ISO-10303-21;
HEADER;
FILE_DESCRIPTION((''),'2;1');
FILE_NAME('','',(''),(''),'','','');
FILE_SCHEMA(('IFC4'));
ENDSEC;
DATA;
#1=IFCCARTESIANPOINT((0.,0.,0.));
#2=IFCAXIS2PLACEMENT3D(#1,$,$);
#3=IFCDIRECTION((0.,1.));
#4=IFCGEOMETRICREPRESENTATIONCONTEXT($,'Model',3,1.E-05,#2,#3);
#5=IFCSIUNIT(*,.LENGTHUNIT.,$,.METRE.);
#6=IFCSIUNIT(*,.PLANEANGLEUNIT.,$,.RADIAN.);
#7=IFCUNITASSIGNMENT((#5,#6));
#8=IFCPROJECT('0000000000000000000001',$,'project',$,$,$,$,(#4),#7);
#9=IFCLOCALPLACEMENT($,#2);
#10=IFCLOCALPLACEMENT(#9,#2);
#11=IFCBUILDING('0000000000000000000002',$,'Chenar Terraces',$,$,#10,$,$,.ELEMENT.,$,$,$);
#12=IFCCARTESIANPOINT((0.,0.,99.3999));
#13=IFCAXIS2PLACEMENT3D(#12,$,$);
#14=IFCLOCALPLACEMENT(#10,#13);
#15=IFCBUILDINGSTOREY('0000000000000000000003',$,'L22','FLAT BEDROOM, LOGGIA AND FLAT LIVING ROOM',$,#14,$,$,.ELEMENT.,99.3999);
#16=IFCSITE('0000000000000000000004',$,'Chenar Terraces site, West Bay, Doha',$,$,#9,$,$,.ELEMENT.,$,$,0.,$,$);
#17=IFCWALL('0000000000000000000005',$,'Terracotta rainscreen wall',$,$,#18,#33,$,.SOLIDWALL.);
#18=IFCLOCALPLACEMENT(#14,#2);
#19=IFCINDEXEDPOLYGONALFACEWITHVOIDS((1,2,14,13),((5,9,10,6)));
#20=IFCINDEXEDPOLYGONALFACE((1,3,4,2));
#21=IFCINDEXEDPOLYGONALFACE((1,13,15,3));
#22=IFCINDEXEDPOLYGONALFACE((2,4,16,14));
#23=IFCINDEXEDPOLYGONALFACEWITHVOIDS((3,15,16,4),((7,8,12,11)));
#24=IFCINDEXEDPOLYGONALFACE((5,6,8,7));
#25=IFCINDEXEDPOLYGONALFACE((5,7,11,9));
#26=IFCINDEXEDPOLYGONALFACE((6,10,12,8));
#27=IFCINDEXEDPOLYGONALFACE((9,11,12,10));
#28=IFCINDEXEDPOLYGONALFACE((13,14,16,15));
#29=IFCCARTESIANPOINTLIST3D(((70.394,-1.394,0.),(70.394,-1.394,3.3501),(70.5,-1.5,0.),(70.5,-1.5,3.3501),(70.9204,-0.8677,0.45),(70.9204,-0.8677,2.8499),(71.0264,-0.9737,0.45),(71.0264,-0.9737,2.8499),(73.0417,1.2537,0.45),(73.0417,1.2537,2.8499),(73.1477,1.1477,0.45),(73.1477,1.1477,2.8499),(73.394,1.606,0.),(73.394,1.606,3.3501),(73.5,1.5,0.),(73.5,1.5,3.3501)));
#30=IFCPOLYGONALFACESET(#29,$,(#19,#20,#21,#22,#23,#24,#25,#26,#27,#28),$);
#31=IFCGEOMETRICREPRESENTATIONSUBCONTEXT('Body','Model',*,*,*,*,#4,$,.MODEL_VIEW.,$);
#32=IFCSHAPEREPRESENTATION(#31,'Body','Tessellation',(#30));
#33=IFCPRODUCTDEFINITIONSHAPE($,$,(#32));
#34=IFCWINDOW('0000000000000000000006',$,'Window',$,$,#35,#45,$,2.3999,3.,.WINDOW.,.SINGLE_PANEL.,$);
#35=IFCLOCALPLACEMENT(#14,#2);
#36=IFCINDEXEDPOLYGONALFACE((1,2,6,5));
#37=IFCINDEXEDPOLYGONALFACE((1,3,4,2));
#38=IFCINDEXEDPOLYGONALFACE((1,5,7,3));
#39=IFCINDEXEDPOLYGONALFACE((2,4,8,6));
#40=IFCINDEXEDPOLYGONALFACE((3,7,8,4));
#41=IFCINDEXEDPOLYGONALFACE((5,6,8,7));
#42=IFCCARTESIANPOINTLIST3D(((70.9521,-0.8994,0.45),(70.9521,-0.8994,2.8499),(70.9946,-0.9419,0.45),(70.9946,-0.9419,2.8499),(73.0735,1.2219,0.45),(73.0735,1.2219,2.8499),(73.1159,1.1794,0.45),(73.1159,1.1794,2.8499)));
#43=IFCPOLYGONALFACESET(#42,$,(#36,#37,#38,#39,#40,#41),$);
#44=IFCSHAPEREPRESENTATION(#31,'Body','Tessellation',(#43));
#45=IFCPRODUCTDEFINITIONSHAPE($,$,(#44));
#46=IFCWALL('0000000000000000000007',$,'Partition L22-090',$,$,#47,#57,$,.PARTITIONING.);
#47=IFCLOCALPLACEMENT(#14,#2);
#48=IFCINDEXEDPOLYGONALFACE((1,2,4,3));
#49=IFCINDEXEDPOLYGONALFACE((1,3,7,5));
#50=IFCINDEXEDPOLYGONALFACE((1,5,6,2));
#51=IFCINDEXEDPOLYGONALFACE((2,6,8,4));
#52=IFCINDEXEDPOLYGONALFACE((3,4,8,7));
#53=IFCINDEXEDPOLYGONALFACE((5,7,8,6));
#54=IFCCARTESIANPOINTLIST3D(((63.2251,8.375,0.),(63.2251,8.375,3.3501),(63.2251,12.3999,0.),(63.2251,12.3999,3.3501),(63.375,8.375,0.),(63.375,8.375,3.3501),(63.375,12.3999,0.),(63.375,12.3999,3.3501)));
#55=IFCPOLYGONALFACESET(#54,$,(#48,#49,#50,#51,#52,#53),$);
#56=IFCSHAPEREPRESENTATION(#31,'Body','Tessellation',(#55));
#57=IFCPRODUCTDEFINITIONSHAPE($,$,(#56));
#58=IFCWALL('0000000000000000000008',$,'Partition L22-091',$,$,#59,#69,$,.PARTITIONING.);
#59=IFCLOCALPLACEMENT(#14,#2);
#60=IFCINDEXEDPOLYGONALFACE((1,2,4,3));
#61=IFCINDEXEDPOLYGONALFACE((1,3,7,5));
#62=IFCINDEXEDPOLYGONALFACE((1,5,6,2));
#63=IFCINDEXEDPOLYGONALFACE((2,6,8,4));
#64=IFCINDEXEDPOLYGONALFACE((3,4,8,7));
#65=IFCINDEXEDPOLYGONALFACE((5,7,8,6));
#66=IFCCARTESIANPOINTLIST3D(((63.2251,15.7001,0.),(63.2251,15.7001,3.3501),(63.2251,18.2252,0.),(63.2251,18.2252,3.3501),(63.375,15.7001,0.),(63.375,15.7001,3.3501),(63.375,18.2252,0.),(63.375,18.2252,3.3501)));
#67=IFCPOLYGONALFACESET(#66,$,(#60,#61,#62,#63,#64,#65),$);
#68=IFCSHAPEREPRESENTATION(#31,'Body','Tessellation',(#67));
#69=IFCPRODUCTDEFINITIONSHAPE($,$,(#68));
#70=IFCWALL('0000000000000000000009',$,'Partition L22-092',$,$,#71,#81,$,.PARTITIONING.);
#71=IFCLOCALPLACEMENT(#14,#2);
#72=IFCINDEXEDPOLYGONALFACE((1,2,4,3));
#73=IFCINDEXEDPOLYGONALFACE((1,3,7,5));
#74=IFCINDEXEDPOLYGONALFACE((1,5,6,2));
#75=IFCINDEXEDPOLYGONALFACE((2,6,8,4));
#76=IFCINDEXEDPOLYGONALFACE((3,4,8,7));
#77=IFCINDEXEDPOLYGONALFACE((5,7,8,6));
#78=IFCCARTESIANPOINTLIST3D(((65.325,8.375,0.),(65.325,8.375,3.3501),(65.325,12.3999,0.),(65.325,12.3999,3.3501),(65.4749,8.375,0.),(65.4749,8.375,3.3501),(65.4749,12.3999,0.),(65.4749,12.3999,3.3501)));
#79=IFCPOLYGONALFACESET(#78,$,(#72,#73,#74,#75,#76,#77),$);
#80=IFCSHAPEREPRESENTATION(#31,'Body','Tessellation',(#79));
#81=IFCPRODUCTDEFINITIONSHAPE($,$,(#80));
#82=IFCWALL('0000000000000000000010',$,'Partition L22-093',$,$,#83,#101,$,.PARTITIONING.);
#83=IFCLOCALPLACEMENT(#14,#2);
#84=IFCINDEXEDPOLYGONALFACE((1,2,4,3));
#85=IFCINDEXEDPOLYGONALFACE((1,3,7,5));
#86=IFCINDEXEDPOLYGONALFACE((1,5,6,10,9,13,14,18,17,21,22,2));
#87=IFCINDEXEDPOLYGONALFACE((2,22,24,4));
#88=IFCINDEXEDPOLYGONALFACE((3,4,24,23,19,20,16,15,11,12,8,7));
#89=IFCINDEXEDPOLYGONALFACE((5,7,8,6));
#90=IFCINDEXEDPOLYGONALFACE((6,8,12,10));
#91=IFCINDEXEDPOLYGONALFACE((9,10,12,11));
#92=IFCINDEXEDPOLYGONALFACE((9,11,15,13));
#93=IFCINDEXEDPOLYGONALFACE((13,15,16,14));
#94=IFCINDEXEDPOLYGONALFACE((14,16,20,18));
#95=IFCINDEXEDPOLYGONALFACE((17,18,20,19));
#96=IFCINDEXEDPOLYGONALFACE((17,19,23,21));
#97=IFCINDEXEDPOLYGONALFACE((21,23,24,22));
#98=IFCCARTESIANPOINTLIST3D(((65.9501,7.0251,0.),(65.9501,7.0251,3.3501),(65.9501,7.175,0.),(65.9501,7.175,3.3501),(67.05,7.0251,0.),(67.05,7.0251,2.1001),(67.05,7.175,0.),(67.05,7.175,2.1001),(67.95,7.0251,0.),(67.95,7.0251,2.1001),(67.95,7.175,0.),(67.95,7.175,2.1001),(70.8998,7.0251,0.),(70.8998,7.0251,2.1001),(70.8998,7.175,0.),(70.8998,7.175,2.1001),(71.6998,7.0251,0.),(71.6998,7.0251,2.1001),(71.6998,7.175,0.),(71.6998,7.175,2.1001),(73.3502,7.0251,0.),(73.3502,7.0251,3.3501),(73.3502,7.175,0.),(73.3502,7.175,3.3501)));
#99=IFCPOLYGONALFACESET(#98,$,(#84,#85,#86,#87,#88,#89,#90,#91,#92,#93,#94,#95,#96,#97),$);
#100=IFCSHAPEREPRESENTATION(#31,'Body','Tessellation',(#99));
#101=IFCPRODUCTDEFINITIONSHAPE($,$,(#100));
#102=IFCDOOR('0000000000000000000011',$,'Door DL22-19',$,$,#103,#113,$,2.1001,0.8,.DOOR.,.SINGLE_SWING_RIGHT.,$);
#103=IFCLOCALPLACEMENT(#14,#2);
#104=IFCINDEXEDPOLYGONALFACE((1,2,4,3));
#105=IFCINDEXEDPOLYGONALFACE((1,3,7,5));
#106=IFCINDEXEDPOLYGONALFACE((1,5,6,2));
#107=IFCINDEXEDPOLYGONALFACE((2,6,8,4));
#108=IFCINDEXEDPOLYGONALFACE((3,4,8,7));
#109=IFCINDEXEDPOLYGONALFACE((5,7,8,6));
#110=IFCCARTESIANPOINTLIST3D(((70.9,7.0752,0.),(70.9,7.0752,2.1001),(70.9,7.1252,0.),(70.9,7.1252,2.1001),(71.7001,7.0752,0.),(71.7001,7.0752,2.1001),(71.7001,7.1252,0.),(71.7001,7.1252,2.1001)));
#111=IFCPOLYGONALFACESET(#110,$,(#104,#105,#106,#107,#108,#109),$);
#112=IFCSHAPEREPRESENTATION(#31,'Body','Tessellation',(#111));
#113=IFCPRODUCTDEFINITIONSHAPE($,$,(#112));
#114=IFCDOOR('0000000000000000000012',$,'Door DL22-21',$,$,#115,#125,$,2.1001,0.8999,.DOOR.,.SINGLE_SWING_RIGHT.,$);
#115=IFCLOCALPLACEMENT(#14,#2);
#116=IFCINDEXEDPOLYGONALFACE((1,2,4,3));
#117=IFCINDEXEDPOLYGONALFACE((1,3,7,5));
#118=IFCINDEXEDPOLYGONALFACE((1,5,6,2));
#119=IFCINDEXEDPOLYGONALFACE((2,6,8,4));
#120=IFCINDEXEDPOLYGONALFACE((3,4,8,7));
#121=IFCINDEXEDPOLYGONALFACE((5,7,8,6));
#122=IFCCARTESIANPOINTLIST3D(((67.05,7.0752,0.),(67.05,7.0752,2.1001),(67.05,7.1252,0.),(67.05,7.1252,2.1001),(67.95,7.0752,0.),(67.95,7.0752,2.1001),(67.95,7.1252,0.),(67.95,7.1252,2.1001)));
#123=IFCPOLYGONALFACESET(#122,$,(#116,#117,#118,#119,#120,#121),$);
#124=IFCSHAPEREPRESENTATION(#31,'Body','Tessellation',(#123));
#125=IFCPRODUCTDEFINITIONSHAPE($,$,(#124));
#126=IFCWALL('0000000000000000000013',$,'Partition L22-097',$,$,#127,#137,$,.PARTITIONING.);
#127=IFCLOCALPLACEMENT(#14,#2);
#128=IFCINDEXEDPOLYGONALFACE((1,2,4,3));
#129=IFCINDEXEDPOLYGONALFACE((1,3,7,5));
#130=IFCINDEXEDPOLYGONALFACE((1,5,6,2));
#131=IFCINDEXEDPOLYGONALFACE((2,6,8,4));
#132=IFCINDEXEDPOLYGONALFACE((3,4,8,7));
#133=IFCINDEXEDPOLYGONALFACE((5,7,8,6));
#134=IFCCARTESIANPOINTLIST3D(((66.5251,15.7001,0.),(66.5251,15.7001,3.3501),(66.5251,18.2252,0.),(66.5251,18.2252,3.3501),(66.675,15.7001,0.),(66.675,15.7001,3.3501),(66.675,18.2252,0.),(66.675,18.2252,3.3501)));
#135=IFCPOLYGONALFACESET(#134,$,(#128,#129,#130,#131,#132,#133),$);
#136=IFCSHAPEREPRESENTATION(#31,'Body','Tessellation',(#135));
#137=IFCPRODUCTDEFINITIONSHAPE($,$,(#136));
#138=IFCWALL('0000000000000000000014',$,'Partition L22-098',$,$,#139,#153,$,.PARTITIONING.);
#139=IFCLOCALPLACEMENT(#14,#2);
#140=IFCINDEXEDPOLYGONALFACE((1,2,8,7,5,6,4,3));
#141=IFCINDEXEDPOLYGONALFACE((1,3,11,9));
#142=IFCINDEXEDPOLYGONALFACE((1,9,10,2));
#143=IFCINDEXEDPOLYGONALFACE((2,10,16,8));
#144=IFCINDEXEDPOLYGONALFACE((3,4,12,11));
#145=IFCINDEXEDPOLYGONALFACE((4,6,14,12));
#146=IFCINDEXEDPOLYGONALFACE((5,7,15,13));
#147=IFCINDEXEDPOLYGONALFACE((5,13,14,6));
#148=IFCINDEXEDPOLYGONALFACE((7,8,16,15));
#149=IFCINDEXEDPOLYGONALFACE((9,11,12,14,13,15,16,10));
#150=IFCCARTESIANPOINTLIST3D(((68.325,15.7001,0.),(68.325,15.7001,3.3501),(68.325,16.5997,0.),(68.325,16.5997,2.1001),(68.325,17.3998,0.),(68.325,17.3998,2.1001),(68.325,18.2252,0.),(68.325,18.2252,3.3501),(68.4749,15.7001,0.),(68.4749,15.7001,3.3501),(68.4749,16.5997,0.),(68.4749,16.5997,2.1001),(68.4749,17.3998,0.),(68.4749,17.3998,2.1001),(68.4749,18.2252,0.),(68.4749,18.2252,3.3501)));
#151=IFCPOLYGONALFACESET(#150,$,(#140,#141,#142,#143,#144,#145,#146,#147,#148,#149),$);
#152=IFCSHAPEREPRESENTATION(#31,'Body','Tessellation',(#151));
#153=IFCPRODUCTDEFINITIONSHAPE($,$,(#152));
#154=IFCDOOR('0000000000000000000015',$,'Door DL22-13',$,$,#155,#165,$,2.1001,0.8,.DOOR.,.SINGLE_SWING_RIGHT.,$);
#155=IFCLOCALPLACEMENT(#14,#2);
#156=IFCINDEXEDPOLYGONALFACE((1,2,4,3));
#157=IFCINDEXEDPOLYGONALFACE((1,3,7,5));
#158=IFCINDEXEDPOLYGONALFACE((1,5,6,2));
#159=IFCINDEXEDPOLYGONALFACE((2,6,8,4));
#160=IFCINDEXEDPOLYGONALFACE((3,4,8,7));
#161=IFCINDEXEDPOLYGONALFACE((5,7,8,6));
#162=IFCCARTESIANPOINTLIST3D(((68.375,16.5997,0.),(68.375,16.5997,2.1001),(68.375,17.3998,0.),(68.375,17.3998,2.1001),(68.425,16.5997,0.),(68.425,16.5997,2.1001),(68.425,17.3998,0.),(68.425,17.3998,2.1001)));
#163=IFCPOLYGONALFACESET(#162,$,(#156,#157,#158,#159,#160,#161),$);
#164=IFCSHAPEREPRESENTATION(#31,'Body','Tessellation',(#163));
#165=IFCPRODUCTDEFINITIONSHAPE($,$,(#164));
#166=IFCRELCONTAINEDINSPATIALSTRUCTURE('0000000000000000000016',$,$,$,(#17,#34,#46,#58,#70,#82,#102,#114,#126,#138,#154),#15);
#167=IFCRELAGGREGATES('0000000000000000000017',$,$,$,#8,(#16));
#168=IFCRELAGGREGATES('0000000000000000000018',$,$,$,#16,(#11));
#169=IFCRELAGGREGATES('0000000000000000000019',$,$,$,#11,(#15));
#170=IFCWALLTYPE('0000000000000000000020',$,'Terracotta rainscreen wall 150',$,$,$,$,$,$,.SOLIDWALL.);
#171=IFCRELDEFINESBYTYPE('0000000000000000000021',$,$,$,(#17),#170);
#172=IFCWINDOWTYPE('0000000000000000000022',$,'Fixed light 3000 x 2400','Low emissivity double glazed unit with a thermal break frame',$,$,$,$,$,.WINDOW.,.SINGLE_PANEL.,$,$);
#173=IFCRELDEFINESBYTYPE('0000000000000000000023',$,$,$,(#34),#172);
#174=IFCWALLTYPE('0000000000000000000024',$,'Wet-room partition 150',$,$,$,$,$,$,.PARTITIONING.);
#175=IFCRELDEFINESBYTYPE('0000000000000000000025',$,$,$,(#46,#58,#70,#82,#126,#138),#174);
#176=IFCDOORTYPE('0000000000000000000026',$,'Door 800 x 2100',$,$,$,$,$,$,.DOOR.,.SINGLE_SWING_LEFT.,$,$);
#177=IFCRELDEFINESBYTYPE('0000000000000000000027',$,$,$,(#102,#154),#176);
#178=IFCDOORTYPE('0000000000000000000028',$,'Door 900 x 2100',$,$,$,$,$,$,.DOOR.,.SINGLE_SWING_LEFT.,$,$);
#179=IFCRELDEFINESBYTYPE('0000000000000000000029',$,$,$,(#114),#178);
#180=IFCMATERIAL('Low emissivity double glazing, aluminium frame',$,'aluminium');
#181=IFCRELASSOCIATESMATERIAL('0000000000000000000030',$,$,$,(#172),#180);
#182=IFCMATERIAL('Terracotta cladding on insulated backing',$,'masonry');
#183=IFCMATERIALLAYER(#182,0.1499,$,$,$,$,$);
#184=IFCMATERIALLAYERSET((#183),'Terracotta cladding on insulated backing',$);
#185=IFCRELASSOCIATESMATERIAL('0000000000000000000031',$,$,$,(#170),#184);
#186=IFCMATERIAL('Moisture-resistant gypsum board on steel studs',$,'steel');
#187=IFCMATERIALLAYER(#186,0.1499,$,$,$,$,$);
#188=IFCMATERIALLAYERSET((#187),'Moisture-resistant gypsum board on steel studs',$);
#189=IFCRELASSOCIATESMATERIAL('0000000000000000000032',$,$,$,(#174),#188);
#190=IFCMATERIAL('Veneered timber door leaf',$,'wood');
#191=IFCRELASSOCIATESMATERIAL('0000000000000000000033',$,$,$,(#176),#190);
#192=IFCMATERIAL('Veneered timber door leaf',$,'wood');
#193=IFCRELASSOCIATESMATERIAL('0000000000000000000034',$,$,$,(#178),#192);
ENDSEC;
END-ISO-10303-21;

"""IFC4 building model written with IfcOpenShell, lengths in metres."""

from ifc_helpers import new_model, si_unit, direction, frame, frame_2d, origin, place, context, subcontext, project, spatial, rectangle, extrude, material, layer, layer_set, type_object, element, fill, save


model = new_model("IFC4")

# Units and contexts
model_context = context("Model", 3, precision=1e-05, world=origin(), true_north=direction((0.0, 1.0)))
body_context = subcontext(model_context, "Body", "Model", "MODEL_VIEW")
ifc_project = project(units=[si_unit("LENGTHUNIT", "METRE"), si_unit("PLANEANGLEUNIT", "RADIAN")], contexts=[model_context])

# Site, building, storey
site_placement = place(None, origin())
site = spatial("IfcSite", under=ifc_project, at=site_placement, Name="Chenar Terraces site, West Bay, Doha", CompositionType="ELEMENT", RefElevation=0.0)
building_placement = place(site_placement, origin())
building = spatial("IfcBuilding", under=site, at=building_placement, Name="Chenar Terraces", CompositionType="ELEMENT")
storey_placement = place(building_placement, frame((0.0, 0.0, 99.3999)))
storey = spatial("IfcBuildingStorey", under=building, at=storey_placement, Name="L22", Description="FLAT BEDROOM, LOGGIA AND FLAT LIVING ROOM", CompositionType="ELEMENT", Elevation=99.3999)

# Shared definitions
ifc_material_1 = material(Name="Low emissivity double glazing, aluminium frame", Category="aluminium")
window_type_1 = type_object("IfcWindowType", Name="Fixed light 3000 x 2400", Description="Low emissivity double glazed unit with a thermal break frame", PartitioningType="SINGLE_PANEL", PredefinedType="WINDOW", material=ifc_material_1)

# Wall, opening, window
ifc_material_2 = material(Name="Terracotta cladding on insulated backing", Category="masonry")
ifc_layer_1 = layer(ifc_material_2, 0.1499)
ifc_layer_set_1 = layer_set([ifc_layer_1], Name="Terracotta cladding on insulated backing")
wall_type_1 = type_object("IfcWallType", Name="Terracotta rainscreen wall 150", PredefinedType="SOLIDWALL", material=ifc_layer_set_1)
wall_1_placement = place(storey_placement, frame((70.447, -1.447, 0.0), z_axis=(0.0, 0.0, 1.0), x_axis=(0.707107, 0.707107, 0.0)))
wall_1 = element("IfcWall", 1, at=wall_1_placement, inside=storey, type_object=wall_type_1, Name="Terracotta rainscreen wall", PredefinedType="SOLIDWALL", context=body_context, shape_type="SweptSolid", body=[
    extrude(rectangle(XDim=4.2427, YDim=0.1499, at=frame_2d((2.1213, 0.0))), origin(), (0.0, 0.0, 1.0), 3.3501),
])
opening_1_placement = place(wall_1_placement, frame((0.7444, 0.0, 0.45)))
opening_1 = element("IfcOpeningElement", 2, at=opening_1_placement, cuts=wall_1, PredefinedType="OPENING", context=body_context, shape_type="SweptSolid", body=[
    extrude(rectangle(XDim=3.0, YDim=2.3999, at=frame_2d((1.5, 1.2))), frame((0.0, 0.085, 0.0), z_axis=(0.0, -1.0, 0.0), x_axis=(1.0, 0.0, 0.0)), (0.0, 0.0, 1.0), 0.1699),
])
window_1_placement = place(opening_1_placement, origin())
window_1 = element("IfcWindow", 3, at=window_1_placement, inside=storey, type_object=window_type_1, Name="Window", OverallHeight=2.3999, OverallWidth=3.0, PartitioningType="SINGLE_PANEL", PredefinedType="WINDOW", context=body_context, shape_type="SweptSolid", body=[
    extrude(rectangle(XDim=3.0, YDim=2.3999, at=frame_2d((1.5, 1.2))), frame((0.0, 0.03, 0.0), z_axis=(0.0, -1.0, 0.0), x_axis=(1.0, 0.0, 0.0)), (0.0, 0.0, 1.0), 0.0601),
])
fill(opening_1, window_1)

# Walls
ifc_material_3 = material(Name="Moisture-resistant gypsum board on steel studs", Category="steel")
ifc_layer_2 = layer(ifc_material_3, 0.1499)
ifc_layer_set_2 = layer_set([ifc_layer_2], Name="Moisture-resistant gypsum board on steel studs")
wall_type_2 = type_object("IfcWallType", Name="Wet-room partition 150", PredefinedType="PARTITIONING", material=ifc_layer_set_2)
wall_2_placement = place(storey_placement, frame((63.3, 8.375, 0.0), z_axis=(0.0, 0.0, 1.0), x_axis=(0.0, 1.0, 0.0)))
element("IfcWall", 4, at=wall_2_placement, inside=storey, type_object=wall_type_2, Name="Partition L22-090", PredefinedType="PARTITIONING", context=body_context, shape_type="SweptSolid", body=[
    extrude(rectangle(XDim=4.0249, YDim=0.1499, at=frame_2d((2.0125, 0.0))), origin(), (0.0, 0.0, 1.0), 3.3501),
])
wall_3_placement = place(storey_placement, frame((63.3, 15.7, 0.0), z_axis=(0.0, 0.0, 1.0), x_axis=(0.0, 1.0, 0.0)))
element("IfcWall", 5, at=wall_3_placement, inside=storey, type_object=wall_type_2, Name="Partition L22-091", PredefinedType="PARTITIONING", context=body_context, shape_type="SweptSolid", body=[
    extrude(rectangle(XDim=2.5251, YDim=0.1499, at=frame_2d((1.2627, 0.0))), origin(), (0.0, 0.0, 1.0), 3.3501),
])
wall_4_placement = place(storey_placement, frame((65.3999, 8.375, 0.0), z_axis=(0.0, 0.0, 1.0), x_axis=(0.0, 1.0, 0.0)))
element("IfcWall", 6, at=wall_4_placement, inside=storey, type_object=wall_type_2, Name="Partition L22-092", PredefinedType="PARTITIONING", context=body_context, shape_type="SweptSolid", body=[
    extrude(rectangle(XDim=4.0249, YDim=0.1499, at=frame_2d((2.0125, 0.0))), origin(), (0.0, 0.0, 1.0), 3.3501),
])

# Wall, openings, doors
wall_5_placement = place(storey_placement, frame((65.95, 7.1001, 0.0), z_axis=(0.0, 0.0, 1.0), x_axis=(1.0, 0.0, 0.0)))
wall_5 = element("IfcWall", 7, at=wall_5_placement, inside=storey, type_object=wall_type_2, Name="Partition L22-093", PredefinedType="PARTITIONING", context=body_context, shape_type="SweptSolid", body=[
    extrude(rectangle(XDim=7.4001, YDim=0.1499, at=frame_2d((3.7002, 0.0))), origin(), (0.0, 0.0, 1.0), 3.3501),
])
opening_2_placement = place(wall_5_placement, frame((4.95, 0.0, 0.0)))
opening_2 = element("IfcOpeningElement", 8, at=opening_2_placement, cuts=wall_5, PredefinedType="OPENING", context=body_context, shape_type="SweptSolid", body=[
    extrude(rectangle(XDim=0.8, YDim=2.1001, at=frame_2d((0.3999, 1.05))), frame((0.0, 0.085, 0.0), z_axis=(0.0, -1.0, 0.0), x_axis=(1.0, 0.0, 0.0)), (0.0, 0.0, 1.0), 0.1699),
])
opening_3_placement = place(wall_5_placement, frame((1.1001, 0.0, 0.0)))
opening_3 = element("IfcOpeningElement", 9, at=opening_3_placement, cuts=wall_5, PredefinedType="OPENING", context=body_context, shape_type="SweptSolid", body=[
    extrude(rectangle(XDim=0.8999, YDim=2.1001, at=frame_2d((0.45, 1.05))), frame((0.0, 0.085, 0.0), z_axis=(0.0, -1.0, 0.0), x_axis=(1.0, 0.0, 0.0)), (0.0, 0.0, 1.0), 0.1699),
])
ifc_material_4 = material(Name="Veneered timber door leaf", Category="wood")
door_type_1 = type_object("IfcDoorType", Name="Door 800 x 2100", OperationType="SINGLE_SWING_LEFT", PredefinedType="DOOR", material=ifc_material_4)
door_1_placement = place(opening_2_placement, frame((0.8, 0.0, 0.0), z_axis=(0.0, 0.0, 1.0), x_axis=(-1.0, 0.0, 0.0)))
door_1 = element("IfcDoor", 10, at=door_1_placement, inside=storey, type_object=door_type_1, Name="Door DL22-19", OperationType="SINGLE_SWING_RIGHT", OverallHeight=2.1001, OverallWidth=0.8, PredefinedType="DOOR", context=body_context, shape_type="SweptSolid", body=[
    extrude(rectangle(XDim=0.8, YDim=2.1001, at=frame_2d((0.3999, 1.05))), frame((0.0, 0.0249, 0.0), z_axis=(0.0, -1.0, 0.0), x_axis=(1.0, 0.0, 0.0)), (0.0, 0.0, 1.0), 0.05),
])
fill(opening_2, door_1)
ifc_material_5 = material(Name="Veneered timber door leaf", Category="wood")
door_type_2 = type_object("IfcDoorType", Name="Door 900 x 2100", OperationType="SINGLE_SWING_LEFT", PredefinedType="DOOR", material=ifc_material_5)
door_2_placement = place(opening_3_placement, frame((0.8999, 0.0, 0.0), z_axis=(0.0, 0.0, 1.0), x_axis=(-1.0, 0.0, 0.0)))
door_2 = element("IfcDoor", 11, at=door_2_placement, inside=storey, type_object=door_type_2, Name="Door DL22-21", OperationType="SINGLE_SWING_RIGHT", OverallHeight=2.1001, OverallWidth=0.8999, PredefinedType="DOOR", context=body_context, shape_type="SweptSolid", body=[
    extrude(rectangle(XDim=0.8999, YDim=2.1001, at=frame_2d((0.45, 1.05))), frame((0.0, 0.0249, 0.0), z_axis=(0.0, -1.0, 0.0), x_axis=(1.0, 0.0, 0.0)), (0.0, 0.0, 1.0), 0.05),
])
fill(opening_3, door_2)

# Wall
wall_6_placement = place(storey_placement, frame((66.6001, 15.7, 0.0), z_axis=(0.0, 0.0, 1.0), x_axis=(0.0, 1.0, 0.0)))
element("IfcWall", 12, at=wall_6_placement, inside=storey, type_object=wall_type_2, Name="Partition L22-097", PredefinedType="PARTITIONING", context=body_context, shape_type="SweptSolid", body=[
    extrude(rectangle(XDim=2.5251, YDim=0.1499, at=frame_2d((1.2627, 0.0))), origin(), (0.0, 0.0, 1.0), 3.3501),
])

# Wall, opening, door
wall_7_placement = place(storey_placement, frame((68.3999, 15.7, 0.0), z_axis=(0.0, 0.0, 1.0), x_axis=(0.0, 1.0, 0.0)))
wall_7 = element("IfcWall", 13, at=wall_7_placement, inside=storey, type_object=wall_type_2, Name="Partition L22-098", PredefinedType="PARTITIONING", context=body_context, shape_type="SweptSolid", body=[
    extrude(rectangle(XDim=2.5251, YDim=0.1499, at=frame_2d((1.2627, 0.0))), origin(), (0.0, 0.0, 1.0), 3.3501),
])
opening_4_placement = place(wall_7_placement, frame((0.8999, 0.0, 0.0)))
opening_4 = element("IfcOpeningElement", 14, at=opening_4_placement, cuts=wall_7, PredefinedType="OPENING", context=body_context, shape_type="SweptSolid", body=[
    extrude(rectangle(XDim=0.8, YDim=2.1001, at=frame_2d((0.3999, 1.05))), frame((0.0, 0.085, 0.0), z_axis=(0.0, -1.0, 0.0), x_axis=(1.0, 0.0, 0.0)), (0.0, 0.0, 1.0), 0.1699),
])
door_3_placement = place(opening_4_placement, origin())
door_3 = element("IfcDoor", 15, at=door_3_placement, inside=storey, type_object=door_type_1, Name="Door DL22-13", OperationType="SINGLE_SWING_RIGHT", OverallHeight=2.1001, OverallWidth=0.8, PredefinedType="DOOR", context=body_context, shape_type="SweptSolid", body=[
    extrude(rectangle(XDim=0.8, YDim=2.1001, at=frame_2d((0.3999, 1.05))), frame((0.0, 0.0249, 0.0), z_axis=(0.0, -1.0, 0.0), x_axis=(1.0, 0.0, 0.0)), (0.0, 0.0, 1.0), 0.05),
])
fill(opening_4, door_3)

save(model, "model.ifc")
